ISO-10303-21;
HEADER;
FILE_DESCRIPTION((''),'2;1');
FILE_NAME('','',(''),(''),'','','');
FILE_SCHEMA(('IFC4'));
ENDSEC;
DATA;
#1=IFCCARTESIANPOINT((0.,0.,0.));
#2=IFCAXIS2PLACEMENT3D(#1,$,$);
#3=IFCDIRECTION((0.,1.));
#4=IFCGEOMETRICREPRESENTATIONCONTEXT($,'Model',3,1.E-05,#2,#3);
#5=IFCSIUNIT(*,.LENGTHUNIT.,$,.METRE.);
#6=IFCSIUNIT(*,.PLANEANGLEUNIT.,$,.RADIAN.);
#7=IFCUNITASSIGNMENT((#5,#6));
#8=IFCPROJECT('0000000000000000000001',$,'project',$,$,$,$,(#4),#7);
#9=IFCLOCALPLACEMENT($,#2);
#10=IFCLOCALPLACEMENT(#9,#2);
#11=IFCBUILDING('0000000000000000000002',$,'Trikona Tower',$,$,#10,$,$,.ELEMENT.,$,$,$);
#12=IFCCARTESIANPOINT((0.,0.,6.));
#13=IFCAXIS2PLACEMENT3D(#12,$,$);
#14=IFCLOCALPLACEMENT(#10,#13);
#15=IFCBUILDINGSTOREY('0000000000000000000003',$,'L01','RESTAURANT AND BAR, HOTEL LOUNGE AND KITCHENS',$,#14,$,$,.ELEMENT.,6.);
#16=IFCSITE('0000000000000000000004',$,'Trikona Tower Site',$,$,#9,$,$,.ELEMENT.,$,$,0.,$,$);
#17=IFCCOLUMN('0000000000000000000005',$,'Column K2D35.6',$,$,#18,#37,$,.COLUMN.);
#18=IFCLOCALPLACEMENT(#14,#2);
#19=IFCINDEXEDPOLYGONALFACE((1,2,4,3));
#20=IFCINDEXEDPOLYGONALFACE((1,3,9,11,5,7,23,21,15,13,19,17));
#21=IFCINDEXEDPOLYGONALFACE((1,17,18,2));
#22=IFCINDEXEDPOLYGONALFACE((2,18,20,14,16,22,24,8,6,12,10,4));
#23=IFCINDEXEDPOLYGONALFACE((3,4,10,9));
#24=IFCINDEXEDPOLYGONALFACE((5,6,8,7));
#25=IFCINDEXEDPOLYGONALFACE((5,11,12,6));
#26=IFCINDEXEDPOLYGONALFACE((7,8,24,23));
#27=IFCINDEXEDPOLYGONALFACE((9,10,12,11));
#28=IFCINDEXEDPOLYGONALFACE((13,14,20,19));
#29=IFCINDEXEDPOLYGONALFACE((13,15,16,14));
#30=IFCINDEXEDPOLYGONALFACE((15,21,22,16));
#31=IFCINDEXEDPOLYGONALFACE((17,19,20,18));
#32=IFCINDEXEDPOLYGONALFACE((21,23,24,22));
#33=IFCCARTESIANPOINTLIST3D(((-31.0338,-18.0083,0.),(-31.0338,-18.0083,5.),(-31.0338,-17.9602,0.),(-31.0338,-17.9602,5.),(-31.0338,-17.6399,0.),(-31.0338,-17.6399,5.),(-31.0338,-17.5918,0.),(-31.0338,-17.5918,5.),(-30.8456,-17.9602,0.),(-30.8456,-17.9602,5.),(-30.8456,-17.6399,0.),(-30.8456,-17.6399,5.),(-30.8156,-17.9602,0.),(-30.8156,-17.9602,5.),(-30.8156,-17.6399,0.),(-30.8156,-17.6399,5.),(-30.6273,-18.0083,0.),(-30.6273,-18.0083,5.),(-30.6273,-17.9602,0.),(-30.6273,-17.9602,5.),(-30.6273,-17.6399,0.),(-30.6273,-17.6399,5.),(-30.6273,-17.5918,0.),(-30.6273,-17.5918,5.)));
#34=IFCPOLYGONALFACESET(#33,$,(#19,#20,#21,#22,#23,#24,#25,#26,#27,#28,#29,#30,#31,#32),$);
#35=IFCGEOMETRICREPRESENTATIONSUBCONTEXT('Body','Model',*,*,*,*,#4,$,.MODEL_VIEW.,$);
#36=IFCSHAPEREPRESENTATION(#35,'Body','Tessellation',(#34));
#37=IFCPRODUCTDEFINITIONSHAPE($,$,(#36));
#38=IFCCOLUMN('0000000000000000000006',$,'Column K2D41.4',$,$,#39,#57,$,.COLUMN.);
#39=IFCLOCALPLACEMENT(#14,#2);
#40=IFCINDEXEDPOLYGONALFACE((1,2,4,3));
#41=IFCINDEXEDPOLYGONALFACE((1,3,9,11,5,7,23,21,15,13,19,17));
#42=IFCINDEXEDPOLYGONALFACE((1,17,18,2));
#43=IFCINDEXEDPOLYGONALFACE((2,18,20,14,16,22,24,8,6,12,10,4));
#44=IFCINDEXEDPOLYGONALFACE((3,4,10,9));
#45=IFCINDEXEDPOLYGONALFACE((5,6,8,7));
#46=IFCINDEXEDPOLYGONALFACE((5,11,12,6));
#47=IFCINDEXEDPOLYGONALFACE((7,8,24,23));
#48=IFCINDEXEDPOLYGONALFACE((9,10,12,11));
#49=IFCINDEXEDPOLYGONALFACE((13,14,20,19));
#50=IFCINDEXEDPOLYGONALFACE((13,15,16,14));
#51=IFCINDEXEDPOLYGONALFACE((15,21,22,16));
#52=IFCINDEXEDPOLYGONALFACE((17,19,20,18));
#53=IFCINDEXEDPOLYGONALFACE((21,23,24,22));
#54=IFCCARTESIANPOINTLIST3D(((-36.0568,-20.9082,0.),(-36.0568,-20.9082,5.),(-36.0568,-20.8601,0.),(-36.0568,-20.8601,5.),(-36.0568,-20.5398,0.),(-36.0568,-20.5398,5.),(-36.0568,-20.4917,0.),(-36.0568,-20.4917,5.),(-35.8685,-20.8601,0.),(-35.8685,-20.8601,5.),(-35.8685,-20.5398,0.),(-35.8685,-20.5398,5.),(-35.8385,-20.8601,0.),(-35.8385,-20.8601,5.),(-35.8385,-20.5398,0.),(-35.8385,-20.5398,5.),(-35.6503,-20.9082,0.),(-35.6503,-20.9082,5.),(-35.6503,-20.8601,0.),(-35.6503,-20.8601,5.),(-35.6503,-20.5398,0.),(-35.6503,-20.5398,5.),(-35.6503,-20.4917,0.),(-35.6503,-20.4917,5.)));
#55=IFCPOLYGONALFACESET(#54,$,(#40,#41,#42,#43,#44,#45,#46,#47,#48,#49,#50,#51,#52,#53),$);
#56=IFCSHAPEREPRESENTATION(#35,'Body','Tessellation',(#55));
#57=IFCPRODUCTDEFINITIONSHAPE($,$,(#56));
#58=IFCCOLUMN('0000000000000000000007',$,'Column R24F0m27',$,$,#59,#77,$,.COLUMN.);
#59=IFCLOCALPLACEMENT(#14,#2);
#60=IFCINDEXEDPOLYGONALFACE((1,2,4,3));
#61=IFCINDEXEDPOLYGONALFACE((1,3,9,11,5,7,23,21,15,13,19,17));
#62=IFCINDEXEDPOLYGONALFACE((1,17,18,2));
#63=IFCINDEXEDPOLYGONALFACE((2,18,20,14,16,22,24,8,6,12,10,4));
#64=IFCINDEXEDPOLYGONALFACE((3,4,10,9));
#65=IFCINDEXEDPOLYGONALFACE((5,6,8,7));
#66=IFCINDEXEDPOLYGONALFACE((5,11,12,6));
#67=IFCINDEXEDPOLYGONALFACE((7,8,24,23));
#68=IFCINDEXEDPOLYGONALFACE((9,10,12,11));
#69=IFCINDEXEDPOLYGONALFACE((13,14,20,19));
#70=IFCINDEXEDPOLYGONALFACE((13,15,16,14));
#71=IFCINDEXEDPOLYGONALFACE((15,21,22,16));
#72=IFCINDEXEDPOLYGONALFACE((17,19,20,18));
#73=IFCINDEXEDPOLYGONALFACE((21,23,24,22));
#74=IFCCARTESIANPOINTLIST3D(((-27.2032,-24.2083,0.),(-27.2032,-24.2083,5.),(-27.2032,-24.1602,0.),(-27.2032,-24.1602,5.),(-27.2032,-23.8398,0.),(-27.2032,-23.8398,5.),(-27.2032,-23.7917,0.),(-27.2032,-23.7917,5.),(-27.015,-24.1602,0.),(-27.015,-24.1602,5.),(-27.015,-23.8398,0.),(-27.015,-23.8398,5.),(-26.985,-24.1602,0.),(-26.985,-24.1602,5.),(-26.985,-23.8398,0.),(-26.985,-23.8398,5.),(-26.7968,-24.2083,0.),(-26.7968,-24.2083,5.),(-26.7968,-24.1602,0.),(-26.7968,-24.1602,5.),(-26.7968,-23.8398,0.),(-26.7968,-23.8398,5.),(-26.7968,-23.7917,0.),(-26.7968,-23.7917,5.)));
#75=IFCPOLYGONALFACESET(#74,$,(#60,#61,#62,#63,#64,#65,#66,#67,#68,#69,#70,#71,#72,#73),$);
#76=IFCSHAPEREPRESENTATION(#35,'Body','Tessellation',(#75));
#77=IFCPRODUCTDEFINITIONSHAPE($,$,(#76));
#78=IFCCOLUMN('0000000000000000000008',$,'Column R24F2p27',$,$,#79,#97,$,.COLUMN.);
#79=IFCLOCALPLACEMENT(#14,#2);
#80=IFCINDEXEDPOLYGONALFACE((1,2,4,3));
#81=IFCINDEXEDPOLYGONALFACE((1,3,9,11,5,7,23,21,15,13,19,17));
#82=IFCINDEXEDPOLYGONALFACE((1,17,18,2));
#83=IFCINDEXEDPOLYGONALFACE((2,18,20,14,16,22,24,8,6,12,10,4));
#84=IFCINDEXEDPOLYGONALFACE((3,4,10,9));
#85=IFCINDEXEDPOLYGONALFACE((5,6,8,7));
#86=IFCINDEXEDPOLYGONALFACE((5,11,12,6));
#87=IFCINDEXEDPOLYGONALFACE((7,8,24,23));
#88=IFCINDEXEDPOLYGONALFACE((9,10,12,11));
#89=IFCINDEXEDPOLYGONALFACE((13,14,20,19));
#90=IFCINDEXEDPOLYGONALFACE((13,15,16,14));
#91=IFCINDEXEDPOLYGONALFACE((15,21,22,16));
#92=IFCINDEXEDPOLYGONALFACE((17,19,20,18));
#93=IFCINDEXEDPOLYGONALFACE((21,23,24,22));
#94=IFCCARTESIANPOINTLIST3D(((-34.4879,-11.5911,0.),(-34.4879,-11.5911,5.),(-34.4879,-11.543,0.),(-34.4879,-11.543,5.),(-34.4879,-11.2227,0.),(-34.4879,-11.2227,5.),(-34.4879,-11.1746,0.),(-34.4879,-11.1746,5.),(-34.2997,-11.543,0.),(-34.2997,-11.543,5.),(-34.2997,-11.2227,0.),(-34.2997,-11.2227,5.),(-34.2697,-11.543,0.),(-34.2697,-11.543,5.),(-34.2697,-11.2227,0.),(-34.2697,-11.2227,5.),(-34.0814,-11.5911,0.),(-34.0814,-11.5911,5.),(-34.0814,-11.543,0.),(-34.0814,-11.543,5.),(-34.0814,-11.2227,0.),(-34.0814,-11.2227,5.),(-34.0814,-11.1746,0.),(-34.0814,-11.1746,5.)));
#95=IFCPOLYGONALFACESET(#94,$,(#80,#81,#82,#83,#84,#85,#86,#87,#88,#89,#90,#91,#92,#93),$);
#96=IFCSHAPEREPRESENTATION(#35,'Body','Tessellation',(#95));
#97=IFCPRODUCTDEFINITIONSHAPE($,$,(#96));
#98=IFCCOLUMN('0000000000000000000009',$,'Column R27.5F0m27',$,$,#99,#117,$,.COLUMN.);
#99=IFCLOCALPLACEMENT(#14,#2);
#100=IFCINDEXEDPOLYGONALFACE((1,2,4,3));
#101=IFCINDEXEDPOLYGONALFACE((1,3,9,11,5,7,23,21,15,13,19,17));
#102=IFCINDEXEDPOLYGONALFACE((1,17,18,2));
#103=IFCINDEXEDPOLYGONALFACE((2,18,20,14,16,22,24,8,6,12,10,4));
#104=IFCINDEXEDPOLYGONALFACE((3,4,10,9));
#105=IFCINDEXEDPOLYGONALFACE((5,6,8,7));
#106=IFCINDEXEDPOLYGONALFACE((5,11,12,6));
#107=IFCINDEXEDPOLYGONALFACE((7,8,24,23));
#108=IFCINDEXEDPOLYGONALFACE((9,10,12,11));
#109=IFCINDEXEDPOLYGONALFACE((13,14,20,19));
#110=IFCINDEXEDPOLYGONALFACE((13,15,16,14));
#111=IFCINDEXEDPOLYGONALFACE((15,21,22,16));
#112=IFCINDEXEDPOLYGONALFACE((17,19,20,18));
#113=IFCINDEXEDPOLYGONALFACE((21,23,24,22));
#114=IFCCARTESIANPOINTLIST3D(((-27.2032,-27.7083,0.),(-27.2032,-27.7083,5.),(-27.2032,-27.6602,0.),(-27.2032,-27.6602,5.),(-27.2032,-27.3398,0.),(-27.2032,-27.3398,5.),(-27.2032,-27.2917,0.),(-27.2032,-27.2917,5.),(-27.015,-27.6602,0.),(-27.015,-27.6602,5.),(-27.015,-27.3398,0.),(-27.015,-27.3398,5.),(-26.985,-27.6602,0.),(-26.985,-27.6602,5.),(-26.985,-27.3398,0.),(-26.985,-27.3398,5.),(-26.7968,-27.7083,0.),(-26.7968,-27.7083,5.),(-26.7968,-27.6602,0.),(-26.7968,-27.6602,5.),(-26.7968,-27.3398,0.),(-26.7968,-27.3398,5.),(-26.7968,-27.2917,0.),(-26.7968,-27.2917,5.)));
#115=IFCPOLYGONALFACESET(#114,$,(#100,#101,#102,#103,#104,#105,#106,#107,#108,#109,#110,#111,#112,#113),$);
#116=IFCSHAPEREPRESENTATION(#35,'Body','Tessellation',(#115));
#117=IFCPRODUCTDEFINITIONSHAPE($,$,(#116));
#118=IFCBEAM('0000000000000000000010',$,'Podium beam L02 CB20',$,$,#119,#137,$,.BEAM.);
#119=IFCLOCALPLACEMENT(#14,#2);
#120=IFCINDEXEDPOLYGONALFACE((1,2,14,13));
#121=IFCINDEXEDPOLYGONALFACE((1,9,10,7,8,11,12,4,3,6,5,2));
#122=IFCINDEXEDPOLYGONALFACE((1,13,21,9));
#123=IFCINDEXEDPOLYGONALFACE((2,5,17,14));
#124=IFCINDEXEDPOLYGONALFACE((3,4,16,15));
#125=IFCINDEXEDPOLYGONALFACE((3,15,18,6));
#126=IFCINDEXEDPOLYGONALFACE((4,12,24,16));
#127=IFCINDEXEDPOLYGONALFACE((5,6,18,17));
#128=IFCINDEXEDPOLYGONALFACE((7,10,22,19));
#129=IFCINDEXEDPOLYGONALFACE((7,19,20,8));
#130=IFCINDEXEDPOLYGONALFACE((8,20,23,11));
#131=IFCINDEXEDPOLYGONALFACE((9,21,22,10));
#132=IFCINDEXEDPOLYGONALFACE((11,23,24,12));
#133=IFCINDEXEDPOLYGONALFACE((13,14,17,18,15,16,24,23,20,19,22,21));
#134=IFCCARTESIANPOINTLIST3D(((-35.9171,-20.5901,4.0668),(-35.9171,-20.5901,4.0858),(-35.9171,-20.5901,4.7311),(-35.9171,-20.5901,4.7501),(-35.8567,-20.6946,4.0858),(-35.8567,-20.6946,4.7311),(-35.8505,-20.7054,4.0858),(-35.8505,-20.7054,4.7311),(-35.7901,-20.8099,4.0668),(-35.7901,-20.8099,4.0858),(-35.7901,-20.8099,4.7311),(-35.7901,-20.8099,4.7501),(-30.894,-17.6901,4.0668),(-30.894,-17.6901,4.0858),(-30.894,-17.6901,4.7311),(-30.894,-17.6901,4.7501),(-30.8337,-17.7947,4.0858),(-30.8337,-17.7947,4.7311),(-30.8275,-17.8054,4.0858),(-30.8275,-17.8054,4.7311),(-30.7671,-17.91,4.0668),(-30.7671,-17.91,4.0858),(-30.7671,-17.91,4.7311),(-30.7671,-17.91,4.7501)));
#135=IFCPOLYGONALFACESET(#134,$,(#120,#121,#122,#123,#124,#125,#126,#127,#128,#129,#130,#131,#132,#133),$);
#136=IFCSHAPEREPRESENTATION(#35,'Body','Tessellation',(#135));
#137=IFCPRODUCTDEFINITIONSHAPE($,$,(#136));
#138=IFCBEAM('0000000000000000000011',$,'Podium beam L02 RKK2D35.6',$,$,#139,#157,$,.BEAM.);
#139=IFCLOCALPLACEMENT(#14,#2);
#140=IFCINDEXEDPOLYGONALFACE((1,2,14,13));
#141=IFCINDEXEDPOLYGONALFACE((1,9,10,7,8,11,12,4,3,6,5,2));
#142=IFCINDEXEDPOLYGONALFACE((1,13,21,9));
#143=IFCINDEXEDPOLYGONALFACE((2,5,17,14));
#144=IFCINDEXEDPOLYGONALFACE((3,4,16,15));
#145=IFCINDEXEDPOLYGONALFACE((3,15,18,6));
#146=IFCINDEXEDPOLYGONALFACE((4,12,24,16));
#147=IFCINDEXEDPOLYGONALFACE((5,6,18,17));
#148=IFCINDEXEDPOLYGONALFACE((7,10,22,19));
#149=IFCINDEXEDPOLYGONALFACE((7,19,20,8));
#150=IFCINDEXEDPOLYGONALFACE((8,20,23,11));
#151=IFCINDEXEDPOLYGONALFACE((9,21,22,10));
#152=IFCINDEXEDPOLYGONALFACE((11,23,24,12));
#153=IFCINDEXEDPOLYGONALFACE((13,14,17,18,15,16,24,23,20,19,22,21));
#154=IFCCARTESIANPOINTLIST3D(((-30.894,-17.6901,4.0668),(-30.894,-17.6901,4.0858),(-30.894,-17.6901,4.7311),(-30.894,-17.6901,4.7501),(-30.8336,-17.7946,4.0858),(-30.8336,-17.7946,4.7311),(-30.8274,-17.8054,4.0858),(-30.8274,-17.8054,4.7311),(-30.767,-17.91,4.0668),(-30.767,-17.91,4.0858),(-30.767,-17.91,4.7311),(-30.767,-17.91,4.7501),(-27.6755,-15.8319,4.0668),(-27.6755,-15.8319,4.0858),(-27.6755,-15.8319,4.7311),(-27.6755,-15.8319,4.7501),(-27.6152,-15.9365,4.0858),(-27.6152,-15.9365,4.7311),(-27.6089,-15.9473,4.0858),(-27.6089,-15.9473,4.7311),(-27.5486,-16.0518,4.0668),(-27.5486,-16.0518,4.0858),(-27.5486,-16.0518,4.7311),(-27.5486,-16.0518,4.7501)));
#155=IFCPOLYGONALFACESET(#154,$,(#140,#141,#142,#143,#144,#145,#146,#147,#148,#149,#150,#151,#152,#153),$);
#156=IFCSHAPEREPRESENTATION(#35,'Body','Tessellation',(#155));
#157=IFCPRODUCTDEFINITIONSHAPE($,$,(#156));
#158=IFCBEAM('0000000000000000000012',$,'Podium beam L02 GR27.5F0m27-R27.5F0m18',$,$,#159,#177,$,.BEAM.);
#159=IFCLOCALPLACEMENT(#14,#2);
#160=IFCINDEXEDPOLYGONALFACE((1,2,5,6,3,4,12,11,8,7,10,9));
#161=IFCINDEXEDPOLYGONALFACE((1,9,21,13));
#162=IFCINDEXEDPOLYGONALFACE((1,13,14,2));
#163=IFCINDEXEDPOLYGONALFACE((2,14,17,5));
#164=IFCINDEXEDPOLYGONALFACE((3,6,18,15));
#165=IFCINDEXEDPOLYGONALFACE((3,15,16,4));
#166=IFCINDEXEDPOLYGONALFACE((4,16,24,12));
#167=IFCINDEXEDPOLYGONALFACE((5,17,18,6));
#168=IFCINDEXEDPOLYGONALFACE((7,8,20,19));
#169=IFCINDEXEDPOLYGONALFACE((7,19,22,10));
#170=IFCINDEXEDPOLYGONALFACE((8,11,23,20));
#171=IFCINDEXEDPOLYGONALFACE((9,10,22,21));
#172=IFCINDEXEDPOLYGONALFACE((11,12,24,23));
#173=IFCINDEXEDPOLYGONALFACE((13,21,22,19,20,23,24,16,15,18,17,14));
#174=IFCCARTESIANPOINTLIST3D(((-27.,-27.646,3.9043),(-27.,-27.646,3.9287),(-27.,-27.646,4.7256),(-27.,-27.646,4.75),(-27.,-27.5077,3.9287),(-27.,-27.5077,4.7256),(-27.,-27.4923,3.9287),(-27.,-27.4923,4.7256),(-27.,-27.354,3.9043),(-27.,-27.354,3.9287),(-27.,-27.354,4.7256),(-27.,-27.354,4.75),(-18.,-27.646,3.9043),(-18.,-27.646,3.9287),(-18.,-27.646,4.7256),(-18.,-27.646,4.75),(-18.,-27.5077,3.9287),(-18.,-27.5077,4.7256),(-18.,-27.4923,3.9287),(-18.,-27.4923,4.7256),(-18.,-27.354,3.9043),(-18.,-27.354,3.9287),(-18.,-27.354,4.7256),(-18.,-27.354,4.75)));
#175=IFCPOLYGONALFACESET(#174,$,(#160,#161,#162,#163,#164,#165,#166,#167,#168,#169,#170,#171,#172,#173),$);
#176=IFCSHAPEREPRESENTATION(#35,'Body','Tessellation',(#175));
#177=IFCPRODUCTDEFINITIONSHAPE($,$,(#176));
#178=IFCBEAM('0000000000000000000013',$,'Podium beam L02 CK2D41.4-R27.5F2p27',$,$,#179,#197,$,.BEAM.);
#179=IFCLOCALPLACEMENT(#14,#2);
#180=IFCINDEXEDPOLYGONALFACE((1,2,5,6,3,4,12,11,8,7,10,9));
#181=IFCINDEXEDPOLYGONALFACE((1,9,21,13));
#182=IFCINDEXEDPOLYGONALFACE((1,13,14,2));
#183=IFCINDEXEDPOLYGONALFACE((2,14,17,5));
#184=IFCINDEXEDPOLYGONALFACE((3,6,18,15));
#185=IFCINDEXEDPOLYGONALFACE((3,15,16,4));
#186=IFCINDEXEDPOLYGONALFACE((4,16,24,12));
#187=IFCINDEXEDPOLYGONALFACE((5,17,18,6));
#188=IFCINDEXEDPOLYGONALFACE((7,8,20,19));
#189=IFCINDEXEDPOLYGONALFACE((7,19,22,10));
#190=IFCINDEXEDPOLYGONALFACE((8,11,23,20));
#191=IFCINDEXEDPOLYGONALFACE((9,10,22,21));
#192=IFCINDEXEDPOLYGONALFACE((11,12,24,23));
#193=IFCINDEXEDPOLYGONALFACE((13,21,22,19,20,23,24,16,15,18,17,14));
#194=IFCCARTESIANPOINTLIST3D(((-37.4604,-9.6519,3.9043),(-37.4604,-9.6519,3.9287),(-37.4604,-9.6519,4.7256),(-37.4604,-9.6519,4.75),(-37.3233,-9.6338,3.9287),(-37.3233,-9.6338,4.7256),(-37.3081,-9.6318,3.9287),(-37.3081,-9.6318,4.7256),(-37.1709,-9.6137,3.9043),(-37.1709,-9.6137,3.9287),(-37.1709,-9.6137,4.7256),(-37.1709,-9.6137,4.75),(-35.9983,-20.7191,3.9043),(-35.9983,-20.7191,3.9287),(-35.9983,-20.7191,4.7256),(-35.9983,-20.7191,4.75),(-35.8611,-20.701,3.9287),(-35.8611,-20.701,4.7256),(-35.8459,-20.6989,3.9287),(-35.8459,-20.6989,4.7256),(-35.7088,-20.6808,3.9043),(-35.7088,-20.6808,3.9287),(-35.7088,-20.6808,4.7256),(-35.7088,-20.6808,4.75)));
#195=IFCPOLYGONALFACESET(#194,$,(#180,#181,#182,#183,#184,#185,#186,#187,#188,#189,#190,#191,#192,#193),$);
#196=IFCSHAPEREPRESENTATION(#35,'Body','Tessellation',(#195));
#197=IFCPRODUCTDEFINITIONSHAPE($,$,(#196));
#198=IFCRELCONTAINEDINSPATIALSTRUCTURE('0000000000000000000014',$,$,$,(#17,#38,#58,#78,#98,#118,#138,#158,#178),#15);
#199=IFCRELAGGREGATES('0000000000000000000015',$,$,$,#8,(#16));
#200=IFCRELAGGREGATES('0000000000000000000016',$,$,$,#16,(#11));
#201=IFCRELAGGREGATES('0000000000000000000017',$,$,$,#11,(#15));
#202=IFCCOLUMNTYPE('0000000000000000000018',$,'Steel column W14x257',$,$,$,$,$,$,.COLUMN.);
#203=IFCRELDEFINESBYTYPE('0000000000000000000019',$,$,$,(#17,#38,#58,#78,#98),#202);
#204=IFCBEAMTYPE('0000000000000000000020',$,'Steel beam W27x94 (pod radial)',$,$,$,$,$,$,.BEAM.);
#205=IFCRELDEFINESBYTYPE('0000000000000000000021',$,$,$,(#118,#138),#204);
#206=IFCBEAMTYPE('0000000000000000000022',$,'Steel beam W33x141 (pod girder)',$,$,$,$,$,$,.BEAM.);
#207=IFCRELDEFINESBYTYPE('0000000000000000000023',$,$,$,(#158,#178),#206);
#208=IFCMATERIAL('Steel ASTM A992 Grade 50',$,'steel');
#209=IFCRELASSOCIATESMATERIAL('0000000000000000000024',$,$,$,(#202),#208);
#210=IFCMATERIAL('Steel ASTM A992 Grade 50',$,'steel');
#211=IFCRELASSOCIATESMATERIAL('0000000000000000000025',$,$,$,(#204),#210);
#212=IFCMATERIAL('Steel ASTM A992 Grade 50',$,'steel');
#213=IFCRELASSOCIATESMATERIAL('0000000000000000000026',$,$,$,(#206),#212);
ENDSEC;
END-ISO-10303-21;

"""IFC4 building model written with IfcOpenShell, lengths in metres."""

from ifc_helpers import new_model, si_unit, direction, frame, origin, origin_2d, place, context, subcontext, project, spatial, i_section, extrude, material, material_profile, profile_set, type_object, element, save


model = new_model("IFC4")

# Units and contexts
model_context = context("Model", 3, precision=1e-05, world=origin(), true_north=direction((0.0, 1.0)))
body_context = subcontext(model_context, "Body", "Model", "MODEL_VIEW")
ifc_project = project(units=[si_unit("LENGTHUNIT", "METRE"), si_unit("PLANEANGLEUNIT", "RADIAN")], contexts=[model_context])

# Site, building, storey
site_placement = place(None, origin())
site = spatial("IfcSite", under=ifc_project, at=site_placement, Name="Trikona Tower Site", CompositionType="ELEMENT", RefElevation=0.0)
building_placement = place(site_placement, origin())
building = spatial("IfcBuilding", under=site, at=building_placement, Name="Trikona Tower", CompositionType="ELEMENT")
storey_placement = place(building_placement, frame((0.0, 0.0, 6.0)))
storey = spatial("IfcBuildingStorey", under=building, at=storey_placement, Name="L01", Description="RESTAURANT AND BAR, HOTEL LOUNGE AND KITCHENS", CompositionType="ELEMENT", Elevation=6.0)

# Columns
ifc_material_1 = material(Name="Steel ASTM A992 Grade 50", Category="steel")
ifc_material_profile_1 = material_profile(ifc_material_1, i_section(OverallWidth=0.4065, OverallDepth=0.4165, WebThickness=0.03, FlangeThickness=0.0481, at=origin_2d()), Name="W14X257")
ifc_profile_set_1 = profile_set([ifc_material_profile_1], Name="Steel ASTM A992 Grade 50")
column_type = type_object("IfcColumnType", Name="Steel column W14x257", PredefinedType="COLUMN", material=ifc_profile_set_1)
for number, where, z_axis, x_axis, name in (
    (1, (-30.8306, -17.8, 0.0), (0.0, 0.0, 1.0), (1.0, 0.0, 0.0), "Column K2D35.6"),
    (2, (-35.8535, -20.7, 0.0), (0.0, 0.0, 1.0), (1.0, 0.0, 0.0), "Column K2D41.4"),
    (3, (-27.0, -24.0, 0.0), (0.0, 0.0, 1.0), (1.0, 0.0, 0.0), "Column R24F0m27"),
    (4, (-34.2847, -11.3828, 0.0), (0.0, 0.0, 1.0), (1.0, 0.0, 0.0), "Column R24F2p27"),
    (5, (-27.0, -27.5, 0.0), (0.0, 0.0, 1.0), (1.0, 0.0, 0.0), "Column R27.5F0m27"),
):
    element("IfcColumn", number, at=place(storey_placement, frame(where, z_axis=z_axis, x_axis=x_axis)), inside=storey, type_object=column_type, Name=name, PredefinedType="COLUMN", context=body_context, shape_type="SweptSolid", body=[
        extrude(i_section(OverallWidth=0.4065, OverallDepth=0.4165, WebThickness=0.03, FlangeThickness=0.0481, at=origin_2d()), origin(), (0.0, 0.0, 1.0), 5.0),
    ])

# Beams
ifc_material_2 = material(Name="Steel ASTM A992 Grade 50", Category="steel")
ifc_material_profile_2 = material_profile(ifc_material_2, i_section(OverallWidth=0.2539, OverallDepth=0.6833, WebThickness=0.0125, FlangeThickness=0.019, at=origin_2d()), Name="W27X94")
ifc_profile_set_2 = profile_set([ifc_material_profile_2], Name="Steel ASTM A992 Grade 50")
beam_type_1 = type_object("IfcBeamType", Name="Steel beam W27x94 (pod radial)", PredefinedType="BEAM", material=ifc_profile_set_2)
beam_1_placement = place(storey_placement, frame((-30.8306, -17.8, 4.4084), z_axis=(-0.866033, -0.499987, 0.0), x_axis=(0.499987, -0.866033, 0.0)))
element("IfcBeam", 6, at=beam_1_placement, inside=storey, type_object=beam_type_1, Name="Podium beam L02 CB20", PredefinedType="BEAM", context=body_context, shape_type="SweptSolid", body=[
    extrude(i_section(OverallWidth=0.2539, OverallDepth=0.6833, WebThickness=0.0125, FlangeThickness=0.019, at=origin_2d()), origin(), (0.0, 0.0, 1.0), 5.8),
])
beam_2_placement = place(storey_placement, frame((-27.6121, -15.9419, 4.4084), z_axis=(-0.866031, -0.49999, 0.0), x_axis=(0.49999, -0.866031, 0.0)))
element("IfcBeam", 7, at=beam_2_placement, inside=storey, type_object=beam_type_1, Name="Podium beam L02 RKK2D35.6", PredefinedType="BEAM", context=body_context, shape_type="SweptSolid", body=[
    extrude(i_section(OverallWidth=0.2539, OverallDepth=0.6833, WebThickness=0.0125, FlangeThickness=0.019, at=origin_2d()), origin(), (0.0, 0.0, 1.0), 3.7163),
])
ifc_material_3 = material(Name="Steel ASTM A992 Grade 50", Category="steel")
ifc_material_profile_3 = material_profile(ifc_material_3, i_section(OverallWidth=0.292, OverallDepth=0.8457, WebThickness=0.0154, FlangeThickness=0.0244, at=origin_2d()), Name="W33X141")
ifc_profile_set_3 = profile_set([ifc_material_profile_3], Name="Steel ASTM A992 Grade 50")
beam_type_2 = type_object("IfcBeamType", Name="Steel beam W33x141 (pod girder)", PredefinedType="BEAM", material=ifc_profile_set_3)
beam_3_placement = place(storey_placement, frame((-27.0, -27.5, 4.3271), z_axis=(1.0, 0.0, 0.0), x_axis=(0.0, 1.0, 0.0)))
element("IfcBeam", 8, at=beam_3_placement, inside=storey, type_object=beam_type_2, Name="Podium beam L02 GR27.5F0m27-R27.5F0m18", PredefinedType="BEAM", context=body_context, shape_type="SweptSolid", body=[
    extrude(i_section(OverallWidth=0.292, OverallDepth=0.8457, WebThickness=0.0154, FlangeThickness=0.0244, at=origin_2d()), origin(), (0.0, 0.0, 1.0), 9.0),
])
beam_4_placement = place(storey_placement, frame((-35.8535, -20.7, 4.3271), z_axis=(-0.130979, 0.991385, 0.0), x_axis=(-0.991385, -0.130979, 0.0)))
element("IfcBeam", 9, at=beam_4_placement, inside=storey, type_object=beam_type_2, Name="Podium beam L02 CK2D41.4-R27.5F2p27", PredefinedType="BEAM", context=body_context, shape_type="SweptSolid", body=[
    extrude(i_section(OverallWidth=0.292, OverallDepth=0.8457, WebThickness=0.0154, FlangeThickness=0.0244, at=origin_2d()), origin(), (0.0, 0.0, 1.0), 11.1633),
])

save(model, "model.ifc")
